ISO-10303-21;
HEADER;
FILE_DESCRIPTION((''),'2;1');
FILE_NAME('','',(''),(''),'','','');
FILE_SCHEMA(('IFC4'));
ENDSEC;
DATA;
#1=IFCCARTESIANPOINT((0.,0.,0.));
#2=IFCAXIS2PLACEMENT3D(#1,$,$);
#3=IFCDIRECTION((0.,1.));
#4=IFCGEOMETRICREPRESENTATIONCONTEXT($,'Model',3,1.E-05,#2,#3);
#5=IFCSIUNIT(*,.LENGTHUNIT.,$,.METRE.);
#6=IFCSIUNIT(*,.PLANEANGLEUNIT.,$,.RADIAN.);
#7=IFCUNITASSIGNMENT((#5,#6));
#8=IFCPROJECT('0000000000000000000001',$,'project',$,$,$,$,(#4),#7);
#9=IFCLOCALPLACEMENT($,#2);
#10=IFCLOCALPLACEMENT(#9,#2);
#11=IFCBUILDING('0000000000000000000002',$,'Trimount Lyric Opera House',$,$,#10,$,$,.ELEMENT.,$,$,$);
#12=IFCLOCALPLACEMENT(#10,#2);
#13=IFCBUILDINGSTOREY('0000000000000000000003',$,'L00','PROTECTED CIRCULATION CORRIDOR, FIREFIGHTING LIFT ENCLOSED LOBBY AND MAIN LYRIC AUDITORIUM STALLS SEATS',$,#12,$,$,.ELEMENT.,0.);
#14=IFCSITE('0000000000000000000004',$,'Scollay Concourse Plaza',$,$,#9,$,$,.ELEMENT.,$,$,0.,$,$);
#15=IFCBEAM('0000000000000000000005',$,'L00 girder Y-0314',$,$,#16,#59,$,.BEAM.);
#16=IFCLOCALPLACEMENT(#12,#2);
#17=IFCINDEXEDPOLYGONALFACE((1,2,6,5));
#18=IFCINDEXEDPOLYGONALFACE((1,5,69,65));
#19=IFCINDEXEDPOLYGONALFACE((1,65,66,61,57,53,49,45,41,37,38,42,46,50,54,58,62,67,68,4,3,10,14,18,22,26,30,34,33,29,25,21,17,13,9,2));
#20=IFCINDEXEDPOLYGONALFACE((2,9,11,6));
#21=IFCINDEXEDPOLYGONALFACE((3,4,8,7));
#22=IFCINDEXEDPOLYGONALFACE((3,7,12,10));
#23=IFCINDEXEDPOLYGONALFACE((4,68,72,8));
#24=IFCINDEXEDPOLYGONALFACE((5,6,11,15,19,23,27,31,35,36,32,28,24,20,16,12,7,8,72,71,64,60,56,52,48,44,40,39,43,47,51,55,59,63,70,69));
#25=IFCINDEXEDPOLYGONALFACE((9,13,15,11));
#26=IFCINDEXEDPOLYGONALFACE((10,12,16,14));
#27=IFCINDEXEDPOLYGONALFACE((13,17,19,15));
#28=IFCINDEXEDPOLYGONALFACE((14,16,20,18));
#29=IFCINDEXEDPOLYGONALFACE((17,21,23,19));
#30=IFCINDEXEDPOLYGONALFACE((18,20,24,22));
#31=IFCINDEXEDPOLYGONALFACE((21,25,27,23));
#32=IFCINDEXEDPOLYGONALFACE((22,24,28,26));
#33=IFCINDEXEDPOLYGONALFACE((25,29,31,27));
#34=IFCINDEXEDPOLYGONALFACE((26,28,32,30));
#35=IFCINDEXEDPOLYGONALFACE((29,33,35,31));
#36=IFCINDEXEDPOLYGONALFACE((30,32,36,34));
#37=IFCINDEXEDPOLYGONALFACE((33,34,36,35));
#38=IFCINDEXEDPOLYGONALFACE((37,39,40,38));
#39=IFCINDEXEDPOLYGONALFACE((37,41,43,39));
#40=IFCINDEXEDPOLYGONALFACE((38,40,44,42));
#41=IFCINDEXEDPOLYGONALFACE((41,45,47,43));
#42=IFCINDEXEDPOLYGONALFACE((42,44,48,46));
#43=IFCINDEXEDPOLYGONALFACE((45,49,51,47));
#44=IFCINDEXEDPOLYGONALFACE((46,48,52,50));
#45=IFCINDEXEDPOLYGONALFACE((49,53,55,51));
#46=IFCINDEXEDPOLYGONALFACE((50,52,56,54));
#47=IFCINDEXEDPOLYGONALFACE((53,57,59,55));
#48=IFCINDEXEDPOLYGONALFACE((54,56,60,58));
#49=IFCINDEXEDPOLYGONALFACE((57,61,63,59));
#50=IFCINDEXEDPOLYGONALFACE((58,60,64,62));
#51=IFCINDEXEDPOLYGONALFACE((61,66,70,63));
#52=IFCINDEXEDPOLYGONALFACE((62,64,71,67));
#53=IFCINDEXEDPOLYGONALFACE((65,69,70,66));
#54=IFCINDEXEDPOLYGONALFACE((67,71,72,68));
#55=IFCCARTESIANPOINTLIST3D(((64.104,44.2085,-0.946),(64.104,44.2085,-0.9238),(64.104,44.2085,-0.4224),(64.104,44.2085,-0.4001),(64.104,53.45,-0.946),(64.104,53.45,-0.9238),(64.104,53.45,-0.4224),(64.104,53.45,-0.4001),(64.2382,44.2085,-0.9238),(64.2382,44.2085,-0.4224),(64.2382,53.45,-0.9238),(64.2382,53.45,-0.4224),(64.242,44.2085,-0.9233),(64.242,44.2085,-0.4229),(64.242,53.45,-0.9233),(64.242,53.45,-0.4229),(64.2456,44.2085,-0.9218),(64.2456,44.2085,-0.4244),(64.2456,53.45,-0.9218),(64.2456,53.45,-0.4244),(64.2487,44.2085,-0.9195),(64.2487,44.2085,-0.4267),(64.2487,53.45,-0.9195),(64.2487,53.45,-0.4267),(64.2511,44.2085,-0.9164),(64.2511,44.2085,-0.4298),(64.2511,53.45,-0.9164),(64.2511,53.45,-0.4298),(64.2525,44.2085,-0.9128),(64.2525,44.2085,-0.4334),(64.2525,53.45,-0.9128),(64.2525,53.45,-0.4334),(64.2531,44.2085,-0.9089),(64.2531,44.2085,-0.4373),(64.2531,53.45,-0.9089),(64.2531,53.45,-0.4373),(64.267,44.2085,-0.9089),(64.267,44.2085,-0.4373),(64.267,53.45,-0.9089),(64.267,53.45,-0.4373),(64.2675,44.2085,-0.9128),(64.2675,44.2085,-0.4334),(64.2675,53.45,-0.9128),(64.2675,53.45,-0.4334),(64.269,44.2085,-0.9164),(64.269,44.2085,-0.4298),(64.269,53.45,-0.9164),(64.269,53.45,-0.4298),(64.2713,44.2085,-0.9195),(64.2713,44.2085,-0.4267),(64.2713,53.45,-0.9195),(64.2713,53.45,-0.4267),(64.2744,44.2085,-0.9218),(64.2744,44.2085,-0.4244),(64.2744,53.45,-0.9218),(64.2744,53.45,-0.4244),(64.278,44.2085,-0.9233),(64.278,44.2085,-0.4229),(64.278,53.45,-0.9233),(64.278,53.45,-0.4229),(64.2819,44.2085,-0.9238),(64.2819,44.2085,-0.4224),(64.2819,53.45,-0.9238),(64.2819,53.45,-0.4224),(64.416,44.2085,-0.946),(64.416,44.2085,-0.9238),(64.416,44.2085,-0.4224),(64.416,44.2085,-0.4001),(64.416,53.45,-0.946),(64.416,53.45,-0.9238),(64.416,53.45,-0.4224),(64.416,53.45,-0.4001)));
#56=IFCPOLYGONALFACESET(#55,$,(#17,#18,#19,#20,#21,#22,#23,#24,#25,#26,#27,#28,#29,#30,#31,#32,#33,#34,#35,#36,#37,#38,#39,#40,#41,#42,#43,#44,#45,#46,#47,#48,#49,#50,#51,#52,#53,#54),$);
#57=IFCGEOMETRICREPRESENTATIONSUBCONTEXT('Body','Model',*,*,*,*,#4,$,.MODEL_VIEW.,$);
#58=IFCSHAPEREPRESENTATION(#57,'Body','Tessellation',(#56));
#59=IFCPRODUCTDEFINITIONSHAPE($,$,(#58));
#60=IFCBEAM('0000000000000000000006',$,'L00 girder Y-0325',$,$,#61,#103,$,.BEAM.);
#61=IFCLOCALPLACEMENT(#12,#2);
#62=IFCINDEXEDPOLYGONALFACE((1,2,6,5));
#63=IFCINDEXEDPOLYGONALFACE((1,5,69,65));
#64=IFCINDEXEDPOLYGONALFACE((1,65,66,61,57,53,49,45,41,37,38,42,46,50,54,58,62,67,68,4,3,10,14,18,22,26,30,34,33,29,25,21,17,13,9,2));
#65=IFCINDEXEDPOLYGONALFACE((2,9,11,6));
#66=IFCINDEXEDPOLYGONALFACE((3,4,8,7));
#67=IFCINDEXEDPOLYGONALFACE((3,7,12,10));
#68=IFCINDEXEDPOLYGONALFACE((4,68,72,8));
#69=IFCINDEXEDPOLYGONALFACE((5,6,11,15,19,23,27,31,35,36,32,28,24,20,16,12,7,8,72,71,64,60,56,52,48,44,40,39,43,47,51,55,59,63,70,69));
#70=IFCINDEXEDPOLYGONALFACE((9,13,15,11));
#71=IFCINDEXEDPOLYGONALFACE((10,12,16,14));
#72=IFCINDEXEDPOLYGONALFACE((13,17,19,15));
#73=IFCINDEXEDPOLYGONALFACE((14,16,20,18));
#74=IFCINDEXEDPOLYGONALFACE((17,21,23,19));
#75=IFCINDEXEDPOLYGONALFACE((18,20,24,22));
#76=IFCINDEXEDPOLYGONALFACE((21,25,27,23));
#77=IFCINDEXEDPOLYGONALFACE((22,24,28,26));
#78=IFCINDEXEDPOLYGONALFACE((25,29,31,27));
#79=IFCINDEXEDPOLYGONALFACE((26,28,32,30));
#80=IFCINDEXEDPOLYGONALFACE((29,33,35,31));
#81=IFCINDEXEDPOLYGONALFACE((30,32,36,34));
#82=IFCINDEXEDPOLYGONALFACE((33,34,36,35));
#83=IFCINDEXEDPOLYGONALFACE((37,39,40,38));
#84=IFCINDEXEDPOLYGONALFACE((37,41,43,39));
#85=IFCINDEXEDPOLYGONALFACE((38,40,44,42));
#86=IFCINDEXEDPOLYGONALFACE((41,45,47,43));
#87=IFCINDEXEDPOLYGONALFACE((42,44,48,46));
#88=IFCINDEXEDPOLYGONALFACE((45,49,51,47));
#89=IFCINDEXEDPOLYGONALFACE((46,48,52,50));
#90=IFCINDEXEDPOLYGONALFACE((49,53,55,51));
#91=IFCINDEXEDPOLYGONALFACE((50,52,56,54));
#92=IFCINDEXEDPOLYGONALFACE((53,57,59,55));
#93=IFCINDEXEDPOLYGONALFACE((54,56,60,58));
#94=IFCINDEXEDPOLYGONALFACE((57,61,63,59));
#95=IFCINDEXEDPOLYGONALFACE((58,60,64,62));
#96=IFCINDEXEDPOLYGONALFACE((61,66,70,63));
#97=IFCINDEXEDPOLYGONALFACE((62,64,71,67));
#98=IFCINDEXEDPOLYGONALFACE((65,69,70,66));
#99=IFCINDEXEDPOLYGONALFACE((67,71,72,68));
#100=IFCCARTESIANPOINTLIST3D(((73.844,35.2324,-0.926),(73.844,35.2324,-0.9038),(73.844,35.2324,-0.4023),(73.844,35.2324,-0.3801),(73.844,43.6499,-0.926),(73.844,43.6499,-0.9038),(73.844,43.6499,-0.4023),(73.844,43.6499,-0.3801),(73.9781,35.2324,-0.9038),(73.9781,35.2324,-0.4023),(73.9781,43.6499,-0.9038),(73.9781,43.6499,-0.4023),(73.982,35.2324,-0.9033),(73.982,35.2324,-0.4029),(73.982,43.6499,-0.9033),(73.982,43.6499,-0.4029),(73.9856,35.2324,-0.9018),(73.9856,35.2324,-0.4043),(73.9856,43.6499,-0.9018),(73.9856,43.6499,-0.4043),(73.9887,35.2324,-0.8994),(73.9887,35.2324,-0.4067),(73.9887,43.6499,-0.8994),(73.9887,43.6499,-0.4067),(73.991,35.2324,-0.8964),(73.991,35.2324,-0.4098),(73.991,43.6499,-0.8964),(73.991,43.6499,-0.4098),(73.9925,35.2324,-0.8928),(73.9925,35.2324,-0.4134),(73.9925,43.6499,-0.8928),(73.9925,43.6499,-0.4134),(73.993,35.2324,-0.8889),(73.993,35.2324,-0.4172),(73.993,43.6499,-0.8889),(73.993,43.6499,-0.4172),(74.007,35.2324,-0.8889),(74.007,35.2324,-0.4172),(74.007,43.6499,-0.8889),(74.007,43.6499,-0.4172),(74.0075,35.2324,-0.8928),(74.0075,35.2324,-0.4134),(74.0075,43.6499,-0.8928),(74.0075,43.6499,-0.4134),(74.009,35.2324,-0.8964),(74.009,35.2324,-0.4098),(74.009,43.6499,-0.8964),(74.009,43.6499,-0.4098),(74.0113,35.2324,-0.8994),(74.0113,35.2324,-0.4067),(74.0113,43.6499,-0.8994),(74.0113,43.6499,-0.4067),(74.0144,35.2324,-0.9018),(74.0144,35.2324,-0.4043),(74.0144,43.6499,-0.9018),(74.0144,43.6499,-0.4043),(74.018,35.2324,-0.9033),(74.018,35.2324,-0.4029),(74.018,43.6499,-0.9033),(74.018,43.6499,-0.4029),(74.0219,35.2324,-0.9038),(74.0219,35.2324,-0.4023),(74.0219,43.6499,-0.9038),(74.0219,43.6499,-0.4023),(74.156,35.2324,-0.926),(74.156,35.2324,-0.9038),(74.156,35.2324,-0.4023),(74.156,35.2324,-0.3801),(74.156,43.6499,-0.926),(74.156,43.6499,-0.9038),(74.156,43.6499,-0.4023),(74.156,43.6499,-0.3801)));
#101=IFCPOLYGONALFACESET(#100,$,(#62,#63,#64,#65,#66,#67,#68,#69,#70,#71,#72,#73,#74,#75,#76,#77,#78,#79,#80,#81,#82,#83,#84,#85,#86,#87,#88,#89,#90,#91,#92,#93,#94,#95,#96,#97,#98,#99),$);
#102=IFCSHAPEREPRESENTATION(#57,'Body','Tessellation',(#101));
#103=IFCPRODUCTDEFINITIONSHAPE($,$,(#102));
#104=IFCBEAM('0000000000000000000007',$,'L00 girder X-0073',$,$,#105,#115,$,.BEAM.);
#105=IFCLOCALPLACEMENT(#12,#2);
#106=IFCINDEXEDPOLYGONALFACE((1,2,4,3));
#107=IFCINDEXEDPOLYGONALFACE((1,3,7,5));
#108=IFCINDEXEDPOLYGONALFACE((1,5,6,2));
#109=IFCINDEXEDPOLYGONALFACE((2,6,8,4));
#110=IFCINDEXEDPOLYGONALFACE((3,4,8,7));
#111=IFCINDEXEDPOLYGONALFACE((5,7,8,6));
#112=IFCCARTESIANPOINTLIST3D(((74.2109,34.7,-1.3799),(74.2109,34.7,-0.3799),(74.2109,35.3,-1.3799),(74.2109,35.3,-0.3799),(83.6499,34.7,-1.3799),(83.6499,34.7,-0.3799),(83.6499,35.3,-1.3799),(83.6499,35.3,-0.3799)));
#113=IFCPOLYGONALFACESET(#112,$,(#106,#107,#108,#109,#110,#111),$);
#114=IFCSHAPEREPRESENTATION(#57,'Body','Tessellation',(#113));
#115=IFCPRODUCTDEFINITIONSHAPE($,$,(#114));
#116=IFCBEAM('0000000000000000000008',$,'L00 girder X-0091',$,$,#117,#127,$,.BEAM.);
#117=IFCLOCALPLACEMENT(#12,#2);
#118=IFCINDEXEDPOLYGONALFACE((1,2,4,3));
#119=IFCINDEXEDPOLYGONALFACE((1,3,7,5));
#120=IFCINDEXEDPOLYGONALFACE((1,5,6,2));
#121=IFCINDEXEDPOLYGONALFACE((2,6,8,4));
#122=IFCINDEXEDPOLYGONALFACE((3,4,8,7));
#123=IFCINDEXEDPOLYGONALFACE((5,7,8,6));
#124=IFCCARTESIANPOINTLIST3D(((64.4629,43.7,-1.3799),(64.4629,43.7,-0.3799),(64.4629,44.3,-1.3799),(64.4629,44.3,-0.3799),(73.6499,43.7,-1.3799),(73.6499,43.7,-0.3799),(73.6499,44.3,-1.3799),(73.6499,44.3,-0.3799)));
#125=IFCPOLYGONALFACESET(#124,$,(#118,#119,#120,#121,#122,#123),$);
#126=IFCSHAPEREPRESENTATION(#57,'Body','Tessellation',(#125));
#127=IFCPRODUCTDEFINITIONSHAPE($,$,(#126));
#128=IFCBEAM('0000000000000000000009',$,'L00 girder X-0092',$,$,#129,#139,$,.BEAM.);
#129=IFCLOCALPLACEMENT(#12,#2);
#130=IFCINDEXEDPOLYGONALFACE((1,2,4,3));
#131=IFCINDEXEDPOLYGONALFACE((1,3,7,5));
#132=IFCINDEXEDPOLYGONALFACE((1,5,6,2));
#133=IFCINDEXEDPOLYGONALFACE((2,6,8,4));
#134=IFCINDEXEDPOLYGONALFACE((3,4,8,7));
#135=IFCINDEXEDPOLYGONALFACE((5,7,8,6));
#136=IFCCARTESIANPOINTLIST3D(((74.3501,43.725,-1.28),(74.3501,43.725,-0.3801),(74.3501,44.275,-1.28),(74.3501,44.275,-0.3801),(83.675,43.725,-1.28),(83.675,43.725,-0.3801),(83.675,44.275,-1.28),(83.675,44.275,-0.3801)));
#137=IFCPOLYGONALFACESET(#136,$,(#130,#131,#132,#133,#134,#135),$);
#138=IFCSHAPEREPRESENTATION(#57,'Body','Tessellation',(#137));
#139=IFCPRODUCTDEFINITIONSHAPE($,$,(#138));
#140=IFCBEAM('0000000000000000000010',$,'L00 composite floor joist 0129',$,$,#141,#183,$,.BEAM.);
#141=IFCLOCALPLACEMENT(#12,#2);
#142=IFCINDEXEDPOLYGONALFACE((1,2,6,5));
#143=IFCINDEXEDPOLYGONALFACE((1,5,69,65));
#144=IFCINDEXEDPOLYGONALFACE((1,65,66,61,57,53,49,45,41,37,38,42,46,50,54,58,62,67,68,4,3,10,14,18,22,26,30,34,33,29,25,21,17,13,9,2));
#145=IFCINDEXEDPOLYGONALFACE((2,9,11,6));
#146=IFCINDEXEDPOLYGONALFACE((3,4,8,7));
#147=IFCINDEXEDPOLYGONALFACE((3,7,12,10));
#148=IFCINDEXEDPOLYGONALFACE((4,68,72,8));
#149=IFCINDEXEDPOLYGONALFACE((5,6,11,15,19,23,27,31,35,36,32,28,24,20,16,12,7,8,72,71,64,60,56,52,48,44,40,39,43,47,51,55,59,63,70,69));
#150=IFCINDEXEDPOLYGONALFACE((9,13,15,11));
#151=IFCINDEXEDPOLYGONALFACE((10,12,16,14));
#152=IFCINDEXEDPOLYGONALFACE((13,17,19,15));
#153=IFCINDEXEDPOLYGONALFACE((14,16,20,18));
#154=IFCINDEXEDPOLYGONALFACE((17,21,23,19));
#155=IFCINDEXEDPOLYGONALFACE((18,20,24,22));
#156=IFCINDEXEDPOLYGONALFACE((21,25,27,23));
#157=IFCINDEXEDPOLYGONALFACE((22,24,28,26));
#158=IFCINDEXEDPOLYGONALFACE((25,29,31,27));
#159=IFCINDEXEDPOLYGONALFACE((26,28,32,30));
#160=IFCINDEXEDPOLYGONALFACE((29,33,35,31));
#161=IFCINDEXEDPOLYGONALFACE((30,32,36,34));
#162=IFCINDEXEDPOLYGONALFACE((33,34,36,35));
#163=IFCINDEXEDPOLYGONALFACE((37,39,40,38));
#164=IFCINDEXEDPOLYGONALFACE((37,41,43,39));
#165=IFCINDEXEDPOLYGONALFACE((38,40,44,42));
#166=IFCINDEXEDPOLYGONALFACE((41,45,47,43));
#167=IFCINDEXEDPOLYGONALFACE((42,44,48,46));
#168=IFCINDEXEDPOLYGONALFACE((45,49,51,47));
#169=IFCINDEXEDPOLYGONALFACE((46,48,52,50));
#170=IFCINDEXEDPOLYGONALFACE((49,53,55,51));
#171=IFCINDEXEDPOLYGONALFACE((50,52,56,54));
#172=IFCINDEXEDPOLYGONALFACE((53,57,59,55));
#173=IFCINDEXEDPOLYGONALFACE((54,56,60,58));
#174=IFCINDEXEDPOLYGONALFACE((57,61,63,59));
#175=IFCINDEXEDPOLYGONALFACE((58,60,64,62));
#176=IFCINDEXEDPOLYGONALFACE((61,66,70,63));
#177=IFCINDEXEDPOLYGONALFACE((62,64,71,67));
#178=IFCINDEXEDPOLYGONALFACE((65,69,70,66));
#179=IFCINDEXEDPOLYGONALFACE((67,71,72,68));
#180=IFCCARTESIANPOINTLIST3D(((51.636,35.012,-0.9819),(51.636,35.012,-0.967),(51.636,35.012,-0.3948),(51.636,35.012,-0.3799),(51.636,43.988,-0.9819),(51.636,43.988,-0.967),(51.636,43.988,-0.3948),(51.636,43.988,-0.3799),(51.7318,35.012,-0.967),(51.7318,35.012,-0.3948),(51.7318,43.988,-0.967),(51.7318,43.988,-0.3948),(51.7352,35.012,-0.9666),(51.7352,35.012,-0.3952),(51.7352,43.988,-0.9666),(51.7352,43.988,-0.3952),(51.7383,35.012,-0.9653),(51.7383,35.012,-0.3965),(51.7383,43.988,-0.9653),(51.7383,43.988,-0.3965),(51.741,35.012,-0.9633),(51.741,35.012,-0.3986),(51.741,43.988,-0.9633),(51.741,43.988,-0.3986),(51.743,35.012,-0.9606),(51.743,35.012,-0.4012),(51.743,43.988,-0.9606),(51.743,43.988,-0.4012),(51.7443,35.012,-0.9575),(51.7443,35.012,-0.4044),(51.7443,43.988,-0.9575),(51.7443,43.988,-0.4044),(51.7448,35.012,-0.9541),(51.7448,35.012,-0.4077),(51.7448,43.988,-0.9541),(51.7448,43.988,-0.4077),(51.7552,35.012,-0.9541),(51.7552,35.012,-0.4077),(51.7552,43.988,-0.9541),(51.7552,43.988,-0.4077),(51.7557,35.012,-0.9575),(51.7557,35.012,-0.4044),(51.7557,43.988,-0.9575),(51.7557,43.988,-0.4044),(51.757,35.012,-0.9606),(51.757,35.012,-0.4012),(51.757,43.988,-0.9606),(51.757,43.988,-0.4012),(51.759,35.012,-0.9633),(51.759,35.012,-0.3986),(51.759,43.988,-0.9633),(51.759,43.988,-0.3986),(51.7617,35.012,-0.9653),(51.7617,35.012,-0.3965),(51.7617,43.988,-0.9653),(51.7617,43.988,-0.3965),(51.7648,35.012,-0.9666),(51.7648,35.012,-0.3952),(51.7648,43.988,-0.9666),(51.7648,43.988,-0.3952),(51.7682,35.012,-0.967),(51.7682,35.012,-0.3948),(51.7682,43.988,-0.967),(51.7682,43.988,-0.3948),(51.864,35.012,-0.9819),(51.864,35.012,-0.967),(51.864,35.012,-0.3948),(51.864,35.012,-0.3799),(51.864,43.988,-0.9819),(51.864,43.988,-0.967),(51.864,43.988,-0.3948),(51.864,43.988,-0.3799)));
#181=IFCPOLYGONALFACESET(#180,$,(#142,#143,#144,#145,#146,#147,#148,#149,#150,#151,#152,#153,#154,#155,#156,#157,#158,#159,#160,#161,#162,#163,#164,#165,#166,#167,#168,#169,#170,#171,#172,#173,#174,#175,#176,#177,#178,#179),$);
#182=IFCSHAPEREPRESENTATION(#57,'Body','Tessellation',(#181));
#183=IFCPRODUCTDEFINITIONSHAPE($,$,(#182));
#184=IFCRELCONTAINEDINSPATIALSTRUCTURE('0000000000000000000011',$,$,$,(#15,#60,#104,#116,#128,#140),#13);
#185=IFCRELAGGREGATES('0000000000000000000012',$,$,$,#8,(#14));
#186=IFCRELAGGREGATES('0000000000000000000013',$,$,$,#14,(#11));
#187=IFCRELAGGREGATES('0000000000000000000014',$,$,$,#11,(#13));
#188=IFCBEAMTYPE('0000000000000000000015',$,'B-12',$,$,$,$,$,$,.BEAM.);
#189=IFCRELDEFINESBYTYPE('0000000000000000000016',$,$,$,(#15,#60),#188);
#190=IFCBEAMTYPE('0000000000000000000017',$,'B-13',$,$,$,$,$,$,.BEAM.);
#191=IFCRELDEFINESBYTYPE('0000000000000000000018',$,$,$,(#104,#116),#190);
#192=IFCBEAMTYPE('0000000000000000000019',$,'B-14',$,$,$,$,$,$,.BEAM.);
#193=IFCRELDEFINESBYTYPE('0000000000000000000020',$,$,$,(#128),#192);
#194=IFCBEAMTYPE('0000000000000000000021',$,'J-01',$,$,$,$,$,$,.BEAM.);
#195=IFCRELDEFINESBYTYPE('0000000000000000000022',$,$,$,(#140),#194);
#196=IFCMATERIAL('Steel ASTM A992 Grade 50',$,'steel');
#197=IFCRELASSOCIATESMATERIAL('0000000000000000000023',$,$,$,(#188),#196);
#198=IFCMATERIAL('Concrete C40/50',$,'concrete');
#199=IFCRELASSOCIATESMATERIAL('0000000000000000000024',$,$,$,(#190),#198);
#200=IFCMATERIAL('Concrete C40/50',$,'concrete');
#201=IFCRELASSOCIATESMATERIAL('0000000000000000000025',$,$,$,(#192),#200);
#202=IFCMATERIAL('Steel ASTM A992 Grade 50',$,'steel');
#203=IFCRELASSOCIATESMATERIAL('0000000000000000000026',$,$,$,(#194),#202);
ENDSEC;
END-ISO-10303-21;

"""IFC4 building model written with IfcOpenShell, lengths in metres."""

from ifc_helpers import new_model, si_unit, direction, frame, origin, origin_2d, place, context, subcontext, project, spatial, rectangle, i_section, extrude, material, material_profile, profile_set, type_object, element, save


model = new_model("IFC4")

# Units and contexts
model_context = context("Model", 3, precision=1e-05, world=origin(), true_north=direction((0.0, 1.0)))
body_context = subcontext(model_context, "Body", "Model", "MODEL_VIEW")
ifc_project = project(units=[si_unit("LENGTHUNIT", "METRE"), si_unit("PLANEANGLEUNIT", "RADIAN")], contexts=[model_context])

# Site, building, storey
site_placement = place(None, origin())
site = spatial("IfcSite", under=ifc_project, at=site_placement, Name="Scollay Concourse Plaza", CompositionType="ELEMENT", RefElevation=0.0)
building_placement = place(site_placement, origin())
building = spatial("IfcBuilding", under=site, at=building_placement, Name="Trimount Lyric Opera House", CompositionType="ELEMENT")
storey_placement = place(building_placement, origin())
storey = spatial("IfcBuildingStorey", under=building, at=storey_placement, Name="L00", Description="PROTECTED CIRCULATION CORRIDOR, FIREFIGHTING LIFT ENCLOSED LOBBY AND MAIN LYRIC AUDITORIUM STALLS SEATS", CompositionType="ELEMENT", Elevation=0.0)

# Beams
ifc_material_1 = material(Name="Steel ASTM A992 Grade 50", Category="steel")
ifc_material_profile_1 = material_profile(ifc_material_1, i_section(OverallWidth=0.312, OverallDepth=0.5459, WebThickness=0.0139, FlangeThickness=0.0222, FilletRadius=0.0149, at=origin_2d()), Name="W21X111")
ifc_profile_set_1 = profile_set([ifc_material_profile_1], Name="Steel ASTM A992 Grade 50")
beam_type_1 = type_object("IfcBeamType", Name="B-12", PredefinedType="BEAM", material=ifc_profile_set_1)
beam_1_placement = place(storey_placement, frame((64.26, 44.2085, -0.6731), z_axis=(0.0, 1.0, 0.0), x_axis=(-1.0, 0.0, 0.0)))
element("IfcBeam", 1, at=beam_1_placement, inside=storey, type_object=beam_type_1, Name="L00 girder Y-0314", PredefinedType="BEAM", context=body_context, shape_type="SweptSolid", body=[
    extrude(i_section(OverallWidth=0.312, OverallDepth=0.5459, WebThickness=0.0139, FlangeThickness=0.0222, FilletRadius=0.0149, at=origin_2d()), origin(), (0.0, 0.0, 1.0), 9.2415),
])
beam_2_placement = place(storey_placement, frame((74.0, 35.2324, -0.6531), z_axis=(0.0, 1.0, 0.0), x_axis=(-1.0, 0.0, 0.0)))
element("IfcBeam", 2, at=beam_2_placement, inside=storey, type_object=beam_type_1, Name="L00 girder Y-0325", PredefinedType="BEAM", context=body_context, shape_type="SweptSolid", body=[
    extrude(i_section(OverallWidth=0.312, OverallDepth=0.5459, WebThickness=0.0139, FlangeThickness=0.0222, FilletRadius=0.0149, at=origin_2d()), origin(), (0.0, 0.0, 1.0), 8.4175),
])
ifc_material_2 = material(Name="Concrete C40/50", Category="concrete")
ifc_material_profile_2 = material_profile(ifc_material_2, rectangle(XDim=0.6001, YDim=1.0, at=origin_2d()), Name="RC600X1000")
ifc_profile_set_2 = profile_set([ifc_material_profile_2], Name="Concrete C40/50")
beam_type_2 = type_object("IfcBeamType", Name="B-13", PredefinedType="BEAM", material=ifc_profile_set_2)
beam_3_placement = place(storey_placement, frame((74.2109, 35.0, -0.8799), z_axis=(1.0, 0.0, 0.0), x_axis=(0.0, 1.0, 0.0)))
element("IfcBeam", 3, at=beam_3_placement, inside=storey, type_object=beam_type_2, Name="L00 girder X-0073", PredefinedType="BEAM", context=body_context, shape_type="SweptSolid", body=[
    extrude(rectangle(XDim=0.6001, YDim=1.0, at=origin_2d()), origin(), (0.0, 0.0, 1.0), 9.439),
])
beam_4_placement = place(storey_placement, frame((64.4629, 44.0, -0.8799), z_axis=(1.0, 0.0, 0.0), x_axis=(0.0, 1.0, 0.0)))
element("IfcBeam", 4, at=beam_4_placement, inside=storey, type_object=beam_type_2, Name="L00 girder X-0091", PredefinedType="BEAM", context=body_context, shape_type="SweptSolid", body=[
    extrude(rectangle(XDim=0.6001, YDim=1.0, at=origin_2d()), origin(), (0.0, 0.0, 1.0), 9.187),
])
ifc_material_3 = material(Name="Concrete C40/50", Category="concrete")
ifc_material_profile_3 = material_profile(ifc_material_3, rectangle(XDim=0.55, YDim=0.8999, at=origin_2d()), Name="RC550X900")
ifc_profile_set_3 = profile_set([ifc_material_profile_3], Name="Concrete C40/50")
beam_type_3 = type_object("IfcBeamType", Name="B-14", PredefinedType="BEAM", material=ifc_profile_set_3)
beam_5_placement = place(storey_placement, frame((74.3501, 44.0, -0.8301), z_axis=(1.0, 0.0, 0.0), x_axis=(0.0, 1.0, 0.0)))
element("IfcBeam", 5, at=beam_5_placement, inside=storey, type_object=beam_type_3, Name="L00 girder X-0092", PredefinedType="BEAM", context=body_context, shape_type="SweptSolid", body=[
    extrude(rectangle(XDim=0.55, YDim=0.8999, at=origin_2d()), origin(), (0.0, 0.0, 1.0), 9.325),
])
ifc_material_4 = material(Name="Steel ASTM A992 Grade 50", Category="steel")
ifc_material_profile_4 = material_profile(ifc_material_4, i_section(OverallWidth=0.228, OverallDepth=0.6021, WebThickness=0.0105, FlangeThickness=0.0149, FilletRadius=0.0129, at=origin_2d()), Name="W24X68")
ifc_profile_set_4 = profile_set([ifc_material_profile_4], Name="Steel ASTM A992 Grade 50")
beam_type_4 = type_object("IfcBeamType", Name="J-01", PredefinedType="BEAM", material=ifc_profile_set_4)
beam_6_placement = place(storey_placement, frame((51.75, 35.012, -0.6809), z_axis=(0.0, 1.0, 0.0), x_axis=(-1.0, 0.0, 0.0)))
element("IfcBeam", 6, at=beam_6_placement, inside=storey, type_object=beam_type_4, Name="L00 composite floor joist 0129", PredefinedType="BEAM", context=body_context, shape_type="SweptSolid", body=[
    extrude(i_section(OverallWidth=0.228, OverallDepth=0.6021, WebThickness=0.0105, FlangeThickness=0.0149, FilletRadius=0.0129, at=origin_2d()), origin(), (0.0, 0.0, 1.0), 8.9761),
])

save(model, "model.ifc")
